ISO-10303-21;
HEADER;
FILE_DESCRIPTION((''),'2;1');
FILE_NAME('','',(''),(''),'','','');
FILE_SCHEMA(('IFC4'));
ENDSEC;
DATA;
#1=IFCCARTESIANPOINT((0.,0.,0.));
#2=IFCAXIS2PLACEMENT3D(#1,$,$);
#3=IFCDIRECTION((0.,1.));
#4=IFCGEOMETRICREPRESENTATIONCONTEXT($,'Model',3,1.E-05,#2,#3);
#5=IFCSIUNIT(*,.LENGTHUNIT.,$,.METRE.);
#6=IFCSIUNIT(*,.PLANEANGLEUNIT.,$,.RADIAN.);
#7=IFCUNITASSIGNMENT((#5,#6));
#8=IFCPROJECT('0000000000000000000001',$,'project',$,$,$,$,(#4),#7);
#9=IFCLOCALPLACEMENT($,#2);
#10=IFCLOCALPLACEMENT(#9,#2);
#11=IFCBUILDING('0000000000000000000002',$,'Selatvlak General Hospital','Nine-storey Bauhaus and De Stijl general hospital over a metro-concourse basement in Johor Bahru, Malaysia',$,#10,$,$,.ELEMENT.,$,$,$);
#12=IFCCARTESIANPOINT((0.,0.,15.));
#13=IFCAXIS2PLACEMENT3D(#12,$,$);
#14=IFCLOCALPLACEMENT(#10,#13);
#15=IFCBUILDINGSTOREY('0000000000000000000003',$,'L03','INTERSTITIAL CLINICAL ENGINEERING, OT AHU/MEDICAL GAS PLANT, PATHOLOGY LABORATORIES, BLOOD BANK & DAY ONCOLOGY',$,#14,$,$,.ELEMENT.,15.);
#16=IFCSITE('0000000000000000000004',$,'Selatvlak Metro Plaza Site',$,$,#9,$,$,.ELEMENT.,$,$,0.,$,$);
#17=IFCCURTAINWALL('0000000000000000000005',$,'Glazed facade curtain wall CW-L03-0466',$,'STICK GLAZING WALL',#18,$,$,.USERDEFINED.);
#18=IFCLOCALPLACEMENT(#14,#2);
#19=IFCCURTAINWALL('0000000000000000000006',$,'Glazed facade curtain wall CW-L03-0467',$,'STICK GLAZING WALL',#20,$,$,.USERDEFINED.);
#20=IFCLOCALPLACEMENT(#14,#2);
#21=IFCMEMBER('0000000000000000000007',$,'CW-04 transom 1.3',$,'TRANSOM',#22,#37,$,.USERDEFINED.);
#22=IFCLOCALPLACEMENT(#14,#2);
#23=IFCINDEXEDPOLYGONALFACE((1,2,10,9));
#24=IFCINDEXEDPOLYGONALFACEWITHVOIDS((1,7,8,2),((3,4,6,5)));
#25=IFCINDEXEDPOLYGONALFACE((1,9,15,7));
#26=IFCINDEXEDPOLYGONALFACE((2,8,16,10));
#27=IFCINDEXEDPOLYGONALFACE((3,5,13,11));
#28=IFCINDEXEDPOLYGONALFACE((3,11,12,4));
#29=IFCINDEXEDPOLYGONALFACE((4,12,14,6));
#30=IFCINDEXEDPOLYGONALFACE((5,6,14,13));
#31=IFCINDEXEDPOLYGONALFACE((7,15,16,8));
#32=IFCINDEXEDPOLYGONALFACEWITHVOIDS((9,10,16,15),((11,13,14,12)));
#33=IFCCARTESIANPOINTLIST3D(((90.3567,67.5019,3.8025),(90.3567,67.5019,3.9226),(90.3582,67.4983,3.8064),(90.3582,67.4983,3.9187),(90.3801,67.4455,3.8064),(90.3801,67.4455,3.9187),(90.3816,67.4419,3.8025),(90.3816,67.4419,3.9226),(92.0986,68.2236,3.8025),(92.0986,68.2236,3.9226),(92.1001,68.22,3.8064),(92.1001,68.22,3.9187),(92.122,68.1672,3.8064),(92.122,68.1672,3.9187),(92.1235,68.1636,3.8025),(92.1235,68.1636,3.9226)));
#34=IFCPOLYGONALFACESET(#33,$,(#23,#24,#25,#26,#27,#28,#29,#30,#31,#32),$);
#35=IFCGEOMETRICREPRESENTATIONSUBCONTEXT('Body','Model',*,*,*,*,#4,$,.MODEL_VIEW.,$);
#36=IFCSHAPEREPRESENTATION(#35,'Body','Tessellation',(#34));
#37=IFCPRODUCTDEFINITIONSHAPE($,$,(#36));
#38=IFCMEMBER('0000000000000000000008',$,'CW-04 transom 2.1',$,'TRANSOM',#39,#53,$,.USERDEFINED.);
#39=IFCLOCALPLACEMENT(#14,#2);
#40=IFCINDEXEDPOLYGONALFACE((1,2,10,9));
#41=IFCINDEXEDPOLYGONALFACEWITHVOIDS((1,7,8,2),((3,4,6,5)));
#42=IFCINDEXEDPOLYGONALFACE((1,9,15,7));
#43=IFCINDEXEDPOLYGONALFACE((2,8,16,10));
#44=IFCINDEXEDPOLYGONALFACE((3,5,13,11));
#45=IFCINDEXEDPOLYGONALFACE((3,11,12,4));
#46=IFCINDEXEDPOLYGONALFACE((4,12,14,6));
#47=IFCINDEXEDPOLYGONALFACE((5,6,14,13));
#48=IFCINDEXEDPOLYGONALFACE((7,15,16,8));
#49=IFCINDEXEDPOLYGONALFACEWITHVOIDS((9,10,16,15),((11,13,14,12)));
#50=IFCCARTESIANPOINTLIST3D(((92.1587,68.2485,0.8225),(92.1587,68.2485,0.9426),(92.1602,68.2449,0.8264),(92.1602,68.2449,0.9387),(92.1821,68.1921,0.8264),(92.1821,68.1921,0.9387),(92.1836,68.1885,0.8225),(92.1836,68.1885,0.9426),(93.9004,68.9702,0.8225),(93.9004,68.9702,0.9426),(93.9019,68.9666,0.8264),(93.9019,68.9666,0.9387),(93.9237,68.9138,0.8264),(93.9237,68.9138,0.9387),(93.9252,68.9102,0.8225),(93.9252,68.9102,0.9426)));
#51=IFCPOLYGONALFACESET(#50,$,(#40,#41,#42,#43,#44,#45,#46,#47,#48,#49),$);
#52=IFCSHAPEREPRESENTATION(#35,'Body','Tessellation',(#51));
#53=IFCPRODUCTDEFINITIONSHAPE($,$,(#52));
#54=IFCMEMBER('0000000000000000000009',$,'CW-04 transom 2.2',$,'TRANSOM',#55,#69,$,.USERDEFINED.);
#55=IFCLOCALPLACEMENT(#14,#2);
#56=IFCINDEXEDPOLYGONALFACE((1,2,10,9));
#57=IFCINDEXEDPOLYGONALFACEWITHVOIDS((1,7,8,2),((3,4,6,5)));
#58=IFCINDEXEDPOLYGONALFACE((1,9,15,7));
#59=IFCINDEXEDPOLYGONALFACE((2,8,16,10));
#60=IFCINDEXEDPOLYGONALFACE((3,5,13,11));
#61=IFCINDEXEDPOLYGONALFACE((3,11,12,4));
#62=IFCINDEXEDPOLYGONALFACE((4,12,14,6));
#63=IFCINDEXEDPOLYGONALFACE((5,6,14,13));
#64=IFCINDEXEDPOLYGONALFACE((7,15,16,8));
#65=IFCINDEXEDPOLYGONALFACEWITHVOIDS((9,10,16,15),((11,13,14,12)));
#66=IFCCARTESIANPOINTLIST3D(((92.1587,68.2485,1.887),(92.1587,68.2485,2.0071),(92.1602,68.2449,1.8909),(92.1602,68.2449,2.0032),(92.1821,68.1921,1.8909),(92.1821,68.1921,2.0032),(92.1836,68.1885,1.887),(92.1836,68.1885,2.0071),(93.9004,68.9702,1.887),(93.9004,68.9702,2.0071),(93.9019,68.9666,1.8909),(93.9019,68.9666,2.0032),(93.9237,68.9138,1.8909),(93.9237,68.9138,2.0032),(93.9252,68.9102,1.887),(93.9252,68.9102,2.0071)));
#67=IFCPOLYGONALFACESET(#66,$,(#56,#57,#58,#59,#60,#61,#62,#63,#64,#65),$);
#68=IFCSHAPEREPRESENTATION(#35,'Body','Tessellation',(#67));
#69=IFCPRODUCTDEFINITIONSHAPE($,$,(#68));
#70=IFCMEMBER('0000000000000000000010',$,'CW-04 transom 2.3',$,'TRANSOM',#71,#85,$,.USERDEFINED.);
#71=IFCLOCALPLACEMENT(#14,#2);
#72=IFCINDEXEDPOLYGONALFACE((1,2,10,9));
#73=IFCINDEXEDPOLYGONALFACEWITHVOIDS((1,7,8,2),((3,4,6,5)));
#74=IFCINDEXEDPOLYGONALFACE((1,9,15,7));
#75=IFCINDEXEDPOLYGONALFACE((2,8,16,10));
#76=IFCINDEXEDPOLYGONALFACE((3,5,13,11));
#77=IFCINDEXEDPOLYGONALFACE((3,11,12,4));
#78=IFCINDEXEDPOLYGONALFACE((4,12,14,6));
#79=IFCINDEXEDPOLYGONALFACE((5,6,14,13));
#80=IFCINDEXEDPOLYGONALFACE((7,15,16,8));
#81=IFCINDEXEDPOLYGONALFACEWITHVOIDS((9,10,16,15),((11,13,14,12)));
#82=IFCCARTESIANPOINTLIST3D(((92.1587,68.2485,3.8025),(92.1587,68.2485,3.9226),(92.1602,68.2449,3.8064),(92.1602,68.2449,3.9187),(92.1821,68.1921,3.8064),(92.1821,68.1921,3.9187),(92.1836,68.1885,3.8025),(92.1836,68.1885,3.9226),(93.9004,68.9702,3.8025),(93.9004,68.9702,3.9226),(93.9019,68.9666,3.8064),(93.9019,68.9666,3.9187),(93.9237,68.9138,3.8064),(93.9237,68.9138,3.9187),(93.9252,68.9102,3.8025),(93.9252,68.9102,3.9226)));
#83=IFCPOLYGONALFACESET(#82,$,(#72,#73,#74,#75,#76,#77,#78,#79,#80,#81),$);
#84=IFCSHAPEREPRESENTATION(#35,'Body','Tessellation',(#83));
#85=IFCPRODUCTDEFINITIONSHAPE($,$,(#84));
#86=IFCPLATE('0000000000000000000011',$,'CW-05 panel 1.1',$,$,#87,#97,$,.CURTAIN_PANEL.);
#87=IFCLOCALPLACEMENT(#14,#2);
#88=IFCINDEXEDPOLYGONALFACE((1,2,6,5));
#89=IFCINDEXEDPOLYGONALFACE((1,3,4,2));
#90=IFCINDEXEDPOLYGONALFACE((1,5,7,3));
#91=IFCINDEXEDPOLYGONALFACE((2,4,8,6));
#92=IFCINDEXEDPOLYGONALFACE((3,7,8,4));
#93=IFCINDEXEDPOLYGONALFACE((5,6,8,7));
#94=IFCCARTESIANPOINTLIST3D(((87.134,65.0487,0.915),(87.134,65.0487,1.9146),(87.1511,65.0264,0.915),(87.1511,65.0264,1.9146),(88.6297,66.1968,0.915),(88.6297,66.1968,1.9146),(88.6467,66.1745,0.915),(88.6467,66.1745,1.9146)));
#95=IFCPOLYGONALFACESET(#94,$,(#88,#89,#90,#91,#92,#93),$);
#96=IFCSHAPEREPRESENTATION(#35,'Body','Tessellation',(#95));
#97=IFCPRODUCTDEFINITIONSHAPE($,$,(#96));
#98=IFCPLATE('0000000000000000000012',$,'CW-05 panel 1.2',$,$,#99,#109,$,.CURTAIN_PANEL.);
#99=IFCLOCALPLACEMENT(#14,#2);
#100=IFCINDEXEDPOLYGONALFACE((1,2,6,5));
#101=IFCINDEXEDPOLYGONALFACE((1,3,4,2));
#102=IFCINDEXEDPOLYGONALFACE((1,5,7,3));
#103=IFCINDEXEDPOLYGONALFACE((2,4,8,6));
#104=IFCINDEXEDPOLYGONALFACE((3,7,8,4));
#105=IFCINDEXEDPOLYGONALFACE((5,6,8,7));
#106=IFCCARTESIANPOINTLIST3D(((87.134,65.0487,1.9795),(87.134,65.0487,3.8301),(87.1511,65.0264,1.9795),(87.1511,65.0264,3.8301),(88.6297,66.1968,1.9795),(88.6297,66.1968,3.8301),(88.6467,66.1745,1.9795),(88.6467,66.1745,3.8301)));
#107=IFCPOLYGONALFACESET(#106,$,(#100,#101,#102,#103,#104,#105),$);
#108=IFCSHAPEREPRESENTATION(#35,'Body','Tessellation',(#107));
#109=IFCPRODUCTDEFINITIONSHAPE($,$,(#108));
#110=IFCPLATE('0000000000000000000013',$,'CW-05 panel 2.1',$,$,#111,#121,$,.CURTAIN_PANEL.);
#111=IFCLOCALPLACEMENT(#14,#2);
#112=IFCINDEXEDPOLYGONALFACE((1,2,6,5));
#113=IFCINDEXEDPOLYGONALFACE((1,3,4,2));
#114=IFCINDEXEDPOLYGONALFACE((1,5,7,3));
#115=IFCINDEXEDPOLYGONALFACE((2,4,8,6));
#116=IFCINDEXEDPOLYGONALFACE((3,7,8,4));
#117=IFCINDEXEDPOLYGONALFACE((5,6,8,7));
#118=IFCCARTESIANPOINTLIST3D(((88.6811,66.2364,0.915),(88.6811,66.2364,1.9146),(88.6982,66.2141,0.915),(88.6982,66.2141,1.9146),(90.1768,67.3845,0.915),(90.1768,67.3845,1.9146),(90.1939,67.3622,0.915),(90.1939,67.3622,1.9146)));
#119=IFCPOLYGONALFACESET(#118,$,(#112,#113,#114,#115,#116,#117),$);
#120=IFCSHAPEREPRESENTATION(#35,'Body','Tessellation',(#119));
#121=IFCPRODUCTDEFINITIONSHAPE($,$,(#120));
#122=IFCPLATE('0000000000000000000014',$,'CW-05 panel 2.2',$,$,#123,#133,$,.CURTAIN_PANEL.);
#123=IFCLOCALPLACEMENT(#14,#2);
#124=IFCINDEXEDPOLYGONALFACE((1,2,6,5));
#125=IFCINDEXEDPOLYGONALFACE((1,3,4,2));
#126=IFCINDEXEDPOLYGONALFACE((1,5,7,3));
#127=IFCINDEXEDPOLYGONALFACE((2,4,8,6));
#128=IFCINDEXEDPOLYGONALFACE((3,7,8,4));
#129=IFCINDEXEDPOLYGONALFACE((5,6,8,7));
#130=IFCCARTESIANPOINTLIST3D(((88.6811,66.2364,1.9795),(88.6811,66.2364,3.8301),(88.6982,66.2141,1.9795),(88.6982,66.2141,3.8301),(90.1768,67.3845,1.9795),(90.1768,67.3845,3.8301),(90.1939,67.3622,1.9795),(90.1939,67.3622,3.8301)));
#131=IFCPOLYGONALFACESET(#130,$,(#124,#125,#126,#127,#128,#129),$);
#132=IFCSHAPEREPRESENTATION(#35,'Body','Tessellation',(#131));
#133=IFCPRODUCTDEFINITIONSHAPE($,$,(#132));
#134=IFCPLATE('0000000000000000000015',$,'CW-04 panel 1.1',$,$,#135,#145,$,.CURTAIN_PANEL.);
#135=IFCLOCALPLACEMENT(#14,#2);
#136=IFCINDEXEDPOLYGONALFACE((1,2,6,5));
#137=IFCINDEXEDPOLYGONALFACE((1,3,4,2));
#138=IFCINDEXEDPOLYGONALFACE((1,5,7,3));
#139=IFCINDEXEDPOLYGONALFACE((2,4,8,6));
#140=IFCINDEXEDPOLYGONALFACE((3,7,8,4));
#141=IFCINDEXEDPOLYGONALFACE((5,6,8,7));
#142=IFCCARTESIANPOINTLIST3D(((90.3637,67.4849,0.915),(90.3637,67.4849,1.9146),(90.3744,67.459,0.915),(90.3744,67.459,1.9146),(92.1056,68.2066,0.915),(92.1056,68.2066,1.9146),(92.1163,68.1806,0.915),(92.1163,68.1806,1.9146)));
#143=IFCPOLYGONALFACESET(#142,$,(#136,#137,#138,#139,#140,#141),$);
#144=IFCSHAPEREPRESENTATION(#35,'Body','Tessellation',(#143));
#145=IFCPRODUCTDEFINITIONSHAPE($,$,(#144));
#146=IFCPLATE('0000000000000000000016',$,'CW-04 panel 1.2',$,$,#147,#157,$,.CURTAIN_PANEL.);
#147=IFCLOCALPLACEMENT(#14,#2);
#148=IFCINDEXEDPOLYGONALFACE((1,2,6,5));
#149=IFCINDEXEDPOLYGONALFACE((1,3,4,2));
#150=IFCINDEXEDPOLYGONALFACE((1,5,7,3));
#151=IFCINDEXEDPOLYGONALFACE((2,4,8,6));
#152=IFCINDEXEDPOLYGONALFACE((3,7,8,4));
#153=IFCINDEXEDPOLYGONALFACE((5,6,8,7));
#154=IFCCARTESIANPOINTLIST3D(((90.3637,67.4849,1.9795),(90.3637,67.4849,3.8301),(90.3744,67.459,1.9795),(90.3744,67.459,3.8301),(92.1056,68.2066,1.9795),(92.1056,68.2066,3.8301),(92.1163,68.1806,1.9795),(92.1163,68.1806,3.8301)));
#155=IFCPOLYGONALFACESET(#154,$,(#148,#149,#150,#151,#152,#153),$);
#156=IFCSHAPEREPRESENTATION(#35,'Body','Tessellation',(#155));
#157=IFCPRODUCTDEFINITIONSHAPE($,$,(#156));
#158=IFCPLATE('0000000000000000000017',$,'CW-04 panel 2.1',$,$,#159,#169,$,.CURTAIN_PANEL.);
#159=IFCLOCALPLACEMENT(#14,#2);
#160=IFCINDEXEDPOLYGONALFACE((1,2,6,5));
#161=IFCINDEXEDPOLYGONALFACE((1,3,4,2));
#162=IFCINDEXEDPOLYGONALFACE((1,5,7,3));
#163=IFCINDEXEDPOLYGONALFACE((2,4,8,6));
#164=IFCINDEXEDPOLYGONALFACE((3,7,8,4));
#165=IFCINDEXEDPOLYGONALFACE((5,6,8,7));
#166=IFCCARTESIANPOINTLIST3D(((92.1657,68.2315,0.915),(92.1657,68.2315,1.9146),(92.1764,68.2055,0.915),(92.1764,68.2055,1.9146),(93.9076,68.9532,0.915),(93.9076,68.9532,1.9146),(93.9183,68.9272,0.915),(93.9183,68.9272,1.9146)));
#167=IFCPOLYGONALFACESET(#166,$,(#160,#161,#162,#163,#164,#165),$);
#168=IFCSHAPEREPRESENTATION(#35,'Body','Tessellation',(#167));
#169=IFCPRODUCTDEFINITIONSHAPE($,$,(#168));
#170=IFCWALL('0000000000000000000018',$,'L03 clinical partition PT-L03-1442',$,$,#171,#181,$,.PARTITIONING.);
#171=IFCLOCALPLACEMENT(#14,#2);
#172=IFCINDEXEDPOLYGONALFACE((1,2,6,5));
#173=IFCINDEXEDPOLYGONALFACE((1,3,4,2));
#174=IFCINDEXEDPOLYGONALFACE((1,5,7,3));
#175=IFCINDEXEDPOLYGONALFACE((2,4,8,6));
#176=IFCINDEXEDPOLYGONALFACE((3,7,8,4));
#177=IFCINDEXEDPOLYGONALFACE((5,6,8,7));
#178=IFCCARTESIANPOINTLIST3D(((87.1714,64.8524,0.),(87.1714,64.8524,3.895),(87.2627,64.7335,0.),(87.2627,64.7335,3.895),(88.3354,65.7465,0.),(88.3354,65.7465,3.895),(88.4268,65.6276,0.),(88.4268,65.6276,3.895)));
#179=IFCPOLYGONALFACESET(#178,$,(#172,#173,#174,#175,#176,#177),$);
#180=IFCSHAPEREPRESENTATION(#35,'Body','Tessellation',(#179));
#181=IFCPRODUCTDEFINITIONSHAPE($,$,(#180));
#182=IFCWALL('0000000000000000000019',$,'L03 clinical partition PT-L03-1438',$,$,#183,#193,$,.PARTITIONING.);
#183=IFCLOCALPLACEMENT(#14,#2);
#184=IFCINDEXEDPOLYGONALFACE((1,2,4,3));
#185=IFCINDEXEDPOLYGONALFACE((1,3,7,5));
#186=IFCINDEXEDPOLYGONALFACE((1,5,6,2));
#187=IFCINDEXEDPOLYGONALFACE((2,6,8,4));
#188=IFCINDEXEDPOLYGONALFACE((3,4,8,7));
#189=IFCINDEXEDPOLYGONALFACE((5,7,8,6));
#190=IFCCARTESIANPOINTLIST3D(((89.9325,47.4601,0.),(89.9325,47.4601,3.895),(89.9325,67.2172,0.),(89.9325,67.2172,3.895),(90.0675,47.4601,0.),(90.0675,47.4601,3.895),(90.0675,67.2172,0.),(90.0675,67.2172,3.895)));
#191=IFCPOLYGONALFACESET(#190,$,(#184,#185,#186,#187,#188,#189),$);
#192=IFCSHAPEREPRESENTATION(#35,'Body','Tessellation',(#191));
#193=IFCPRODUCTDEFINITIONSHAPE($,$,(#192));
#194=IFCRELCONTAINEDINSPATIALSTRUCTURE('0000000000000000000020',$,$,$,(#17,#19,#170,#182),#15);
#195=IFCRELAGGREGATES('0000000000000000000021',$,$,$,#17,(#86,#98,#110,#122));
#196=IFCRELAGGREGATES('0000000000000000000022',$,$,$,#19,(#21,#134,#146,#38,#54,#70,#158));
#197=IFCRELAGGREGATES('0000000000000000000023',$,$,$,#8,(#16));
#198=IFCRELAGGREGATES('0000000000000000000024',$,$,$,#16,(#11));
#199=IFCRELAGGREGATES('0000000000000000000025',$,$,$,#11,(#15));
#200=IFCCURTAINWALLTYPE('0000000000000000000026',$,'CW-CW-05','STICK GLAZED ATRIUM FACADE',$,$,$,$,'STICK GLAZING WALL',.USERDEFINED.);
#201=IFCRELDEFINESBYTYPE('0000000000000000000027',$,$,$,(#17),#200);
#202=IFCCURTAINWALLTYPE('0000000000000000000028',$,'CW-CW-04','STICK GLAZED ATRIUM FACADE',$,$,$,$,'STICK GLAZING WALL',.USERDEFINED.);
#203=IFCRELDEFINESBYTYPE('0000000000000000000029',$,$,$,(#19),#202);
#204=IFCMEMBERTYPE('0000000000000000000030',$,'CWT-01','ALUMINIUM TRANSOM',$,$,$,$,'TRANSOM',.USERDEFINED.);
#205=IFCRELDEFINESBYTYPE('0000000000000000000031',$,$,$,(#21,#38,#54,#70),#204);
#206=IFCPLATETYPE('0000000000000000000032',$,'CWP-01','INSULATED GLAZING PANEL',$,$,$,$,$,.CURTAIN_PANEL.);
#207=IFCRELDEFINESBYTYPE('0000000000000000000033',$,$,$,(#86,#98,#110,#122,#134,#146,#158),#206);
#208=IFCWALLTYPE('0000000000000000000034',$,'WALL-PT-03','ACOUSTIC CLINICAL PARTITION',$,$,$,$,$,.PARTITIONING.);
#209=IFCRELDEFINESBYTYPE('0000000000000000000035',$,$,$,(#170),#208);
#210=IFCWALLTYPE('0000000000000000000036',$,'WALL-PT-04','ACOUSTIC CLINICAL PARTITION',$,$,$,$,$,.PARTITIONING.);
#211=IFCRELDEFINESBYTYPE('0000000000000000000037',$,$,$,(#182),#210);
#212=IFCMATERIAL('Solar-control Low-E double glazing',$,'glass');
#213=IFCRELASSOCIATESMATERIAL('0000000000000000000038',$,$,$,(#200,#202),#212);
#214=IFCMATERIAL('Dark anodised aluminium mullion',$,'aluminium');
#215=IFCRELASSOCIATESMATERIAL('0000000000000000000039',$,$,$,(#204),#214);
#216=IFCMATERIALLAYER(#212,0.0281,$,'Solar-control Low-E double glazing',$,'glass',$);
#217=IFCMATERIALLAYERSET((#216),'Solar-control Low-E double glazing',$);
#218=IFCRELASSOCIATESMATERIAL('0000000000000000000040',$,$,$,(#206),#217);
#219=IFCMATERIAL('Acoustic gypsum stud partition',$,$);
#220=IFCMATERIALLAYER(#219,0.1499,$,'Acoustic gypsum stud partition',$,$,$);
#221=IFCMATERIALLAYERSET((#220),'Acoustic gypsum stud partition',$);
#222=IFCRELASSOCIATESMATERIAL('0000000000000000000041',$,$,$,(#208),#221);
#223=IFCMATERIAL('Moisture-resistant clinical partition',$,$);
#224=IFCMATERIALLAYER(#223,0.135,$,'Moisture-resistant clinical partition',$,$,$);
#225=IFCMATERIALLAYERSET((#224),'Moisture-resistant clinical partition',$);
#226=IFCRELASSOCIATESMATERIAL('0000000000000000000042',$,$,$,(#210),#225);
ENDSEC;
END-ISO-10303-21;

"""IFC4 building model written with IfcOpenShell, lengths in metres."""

from ifc_helpers import new_model, si_unit, direction, frame, frame_2d, origin, origin_2d, place, context, subcontext, project, spatial, rectangle, hollow_rectangle, extrude, material, layer, layer_set, material_profile, profile_set, type_object, element, aggregate, save


model = new_model("IFC4")

# Units and contexts
model_context = context("Model", 3, precision=1e-05, world=origin(), true_north=direction((0.0, 1.0)))
body_context = subcontext(model_context, "Body", "Model", "MODEL_VIEW")
ifc_project = project(units=[si_unit("LENGTHUNIT", "METRE"), si_unit("PLANEANGLEUNIT", "RADIAN")], contexts=[model_context])

# Site, building, storey
site_placement = place(None, origin())
site = spatial("IfcSite", under=ifc_project, at=site_placement, Name="Selatvlak Metro Plaza Site", CompositionType="ELEMENT", RefElevation=0.0)
building_placement = place(site_placement, origin())
building = spatial("IfcBuilding", under=site, at=building_placement, Name="Selatvlak General Hospital", Description="Nine-storey Bauhaus and De Stijl general hospital over a metro-concourse basement in Johor Bahru, Malaysia", CompositionType="ELEMENT")
storey_placement = place(building_placement, frame((0.0, 0.0, 15.0)))
storey = spatial("IfcBuildingStorey", under=building, at=storey_placement, Name="L03", Description="INTERSTITIAL CLINICAL ENGINEERING, OT AHU/MEDICAL GAS PLANT, PATHOLOGY LABORATORIES, BLOOD BANK & DAY ONCOLOGY", CompositionType="ELEMENT", Elevation=15.0)

# Curtain walls
ifc_material_1 = material(Name="Solar-control Low-E double glazing", Category="glass")
curtain_wall_type_1 = type_object("IfcCurtainWallType", Name="CW-CW-05", Description="STICK GLAZED ATRIUM FACADE", ElementType="STICK GLAZING WALL", PredefinedType="USERDEFINED", material=ifc_material_1)
curtain_wall_1_placement = place(storey_placement, origin())
curtain_wall_1 = element("IfcCurtainWall", 1, at=curtain_wall_1_placement, inside=storey, type_object=curtain_wall_type_1, Name="Glazed facade curtain wall CW-L03-0466", ObjectType="STICK GLAZING WALL", PredefinedType="USERDEFINED")
ifc_material_2 = material(Name="Dark anodised aluminium mullion", Category="aluminium")
curtain_wall_type_2 = type_object("IfcCurtainWallType", Name="CW-CW-04", Description="STICK GLAZED ATRIUM FACADE", ElementType="STICK GLAZING WALL", PredefinedType="USERDEFINED", material=ifc_material_1)
curtain_wall_2_placement = place(storey_placement, origin())
curtain_wall_2 = element("IfcCurtainWall", 2, at=curtain_wall_2_placement, inside=storey, type_object=curtain_wall_type_2, Name="Glazed facade curtain wall CW-L03-0467", ObjectType="STICK GLAZING WALL", PredefinedType="USERDEFINED")

# Members
ifc_material_profile_1 = material_profile(ifc_material_2, hollow_rectangle(XDim=0.0649, YDim=0.1201, WallThickness=0.0039, at=origin_2d()), Name="AL-TRN 65x120x4")
ifc_profile_set_1 = profile_set([ifc_material_profile_1], Name="Dark anodised aluminium mullion")
member_type_1 = type_object("IfcMemberType", Name="CWT-01", Description="ALUMINIUM TRANSOM", ElementType="TRANSOM", PredefinedType="USERDEFINED", material=ifc_profile_set_1)
member_1_placement = place(storey_placement, frame((90.3691, 67.4719, 3.8625), z_axis=(0.923853, 0.382748, 0.0), x_axis=(-0.382748, 0.923853, 0.0)))
member_1 = element("IfcMember", 3, at=member_1_placement, type_object=member_type_1, Name="CW-04 transom 1.3", ObjectType="TRANSOM", PredefinedType="USERDEFINED", context=body_context, shape_type="SweptSolid", body=[
    extrude(hollow_rectangle(XDim=0.0649, YDim=0.1201, WallThickness=0.0039, at=origin_2d()), origin(), (0.0, 0.0, 1.0), 1.8855),
])
member_2_placement = place(storey_placement, frame((92.1711, 68.2185, 0.8826), z_axis=(0.923834, 0.382794, 0.0), x_axis=(-0.382794, 0.923834, 0.0)))
member_2 = element("IfcMember", 4, at=member_2_placement, type_object=member_type_1, Name="CW-04 transom 2.1", ObjectType="TRANSOM", PredefinedType="USERDEFINED", context=body_context, shape_type="SweptSolid", body=[
    extrude(hollow_rectangle(XDim=0.0649, YDim=0.1201, WallThickness=0.0039, at=origin_2d()), origin(), (0.0, 0.0, 1.0), 1.8853),
])
member_3_placement = place(storey_placement, frame((92.1711, 68.2185, 1.947), z_axis=(0.923834, 0.382794, 0.0), x_axis=(-0.382794, 0.923834, 0.0)))
member_3 = element("IfcMember", 5, at=member_3_placement, type_object=member_type_1, Name="CW-04 transom 2.2", ObjectType="TRANSOM", PredefinedType="USERDEFINED", context=body_context, shape_type="SweptSolid", body=[
    extrude(hollow_rectangle(XDim=0.0649, YDim=0.1201, WallThickness=0.0039, at=origin_2d()), origin(), (0.0, 0.0, 1.0), 1.8853),
])
member_4_placement = place(storey_placement, frame((92.1711, 68.2185, 3.8625), z_axis=(0.923834, 0.382794, 0.0), x_axis=(-0.382794, 0.923834, 0.0)))
member_4 = element("IfcMember", 6, at=member_4_placement, type_object=member_type_1, Name="CW-04 transom 2.3", ObjectType="TRANSOM", PredefinedType="USERDEFINED", context=body_context, shape_type="SweptSolid", body=[
    extrude(hollow_rectangle(XDim=0.0649, YDim=0.1201, WallThickness=0.0039, at=origin_2d()), origin(), (0.0, 0.0, 1.0), 1.8853),
])

# Plates
ifc_layer_1 = layer(ifc_material_1, 0.0281, Name="Solar-control Low-E double glazing", Category="glass")
ifc_layer_set_1 = layer_set([ifc_layer_1], Name="Solar-control Low-E double glazing")
plate_type = type_object("IfcPlateType", Name="CWP-01", Description="INSULATED GLAZING PANEL", PredefinedType="CURTAIN_PANEL", material=ifc_layer_set_1)
plate_1_placement = place(storey_placement, frame((87.8904, 65.6116, 0.915), z_axis=(0.0, 0.0, 1.0), x_axis=(0.793233, 0.608918, 0.0)))
plate_1 = element("IfcPlate", 7, at=plate_1_placement, type_object=plate_type, Name="CW-05 panel 1.1", PredefinedType="CURTAIN_PANEL", context=body_context, shape_type="SweptSolid", body=[
    extrude(rectangle(XDim=1.8855, YDim=0.0281, at=origin_2d()), origin(), (0.0, 0.0, 1.0), 0.9995),
])
plate_2_placement = place(storey_placement, frame((87.8904, 65.6116, 1.9795), z_axis=(0.0, 0.0, 1.0), x_axis=(0.793233, 0.608918, 0.0)))
plate_2 = element("IfcPlate", 8, at=plate_2_placement, type_object=plate_type, Name="CW-05 panel 1.2", PredefinedType="CURTAIN_PANEL", context=body_context, shape_type="SweptSolid", body=[
    extrude(rectangle(XDim=1.8855, YDim=0.0281, at=origin_2d()), origin(), (0.0, 0.0, 1.0), 1.8506),
])
plate_3_placement = place(storey_placement, frame((89.4375, 66.7993, 0.915), z_axis=(0.0, 0.0, 1.0), x_axis=(0.793233, 0.608918, 0.0)))
plate_3 = element("IfcPlate", 9, at=plate_3_placement, type_object=plate_type, Name="CW-05 panel 2.1", PredefinedType="CURTAIN_PANEL", context=body_context, shape_type="SweptSolid", body=[
    extrude(rectangle(XDim=1.8855, YDim=0.0281, at=origin_2d()), origin(), (0.0, 0.0, 1.0), 0.9995),
])
plate_4_placement = place(storey_placement, frame((89.4375, 66.7993, 1.9795), z_axis=(0.0, 0.0, 1.0), x_axis=(0.793233, 0.608918, 0.0)))
plate_4 = element("IfcPlate", 10, at=plate_4_placement, type_object=plate_type, Name="CW-05 panel 2.2", PredefinedType="CURTAIN_PANEL", context=body_context, shape_type="SweptSolid", body=[
    extrude(rectangle(XDim=1.8855, YDim=0.0281, at=origin_2d()), origin(), (0.0, 0.0, 1.0), 1.8506),
])
aggregate(curtain_wall_1, [plate_1, plate_2, plate_3, plate_4])
plate_5_placement = place(storey_placement, frame((91.24, 67.8328, 0.915), z_axis=(0.0, 0.0, 1.0), x_axis=(0.923851, 0.382753, 0.0)))
plate_5 = element("IfcPlate", 11, at=plate_5_placement, type_object=plate_type, Name="CW-04 panel 1.1", PredefinedType="CURTAIN_PANEL", context=body_context, shape_type="SweptSolid", body=[
    extrude(rectangle(XDim=1.8855, YDim=0.0281, at=origin_2d()), origin(), (0.0, 0.0, 1.0), 0.9995),
])
plate_6_placement = place(storey_placement, frame((91.24, 67.8328, 1.9795), z_axis=(0.0, 0.0, 1.0), x_axis=(0.923851, 0.382753, 0.0)))
plate_6 = element("IfcPlate", 12, at=plate_6_placement, type_object=plate_type, Name="CW-04 panel 1.2", PredefinedType="CURTAIN_PANEL", context=body_context, shape_type="SweptSolid", body=[
    extrude(rectangle(XDim=1.8855, YDim=0.0281, at=origin_2d()), origin(), (0.0, 0.0, 1.0), 1.8506),
])
plate_7_placement = place(storey_placement, frame((93.042, 68.5793, 0.915), z_axis=(0.0, 0.0, 1.0), x_axis=(0.923851, 0.382753, 0.0)))
plate_7 = element("IfcPlate", 13, at=plate_7_placement, type_object=plate_type, Name="CW-04 panel 2.1", PredefinedType="CURTAIN_PANEL", context=body_context, shape_type="SweptSolid", body=[
    extrude(rectangle(XDim=1.8855, YDim=0.0281, at=origin_2d()), origin(), (0.0, 0.0, 1.0), 0.9995),
])
aggregate(curtain_wall_2, [member_1, plate_5, plate_6, member_2, member_3, member_4, plate_7])

# Walls
ifc_material_3 = material(Name="Acoustic gypsum stud partition")
ifc_layer_2 = layer(ifc_material_3, 0.1499, Name="Acoustic gypsum stud partition")
ifc_layer_set_2 = layer_set([ifc_layer_2], Name="Acoustic gypsum stud partition")
wall_type_1 = type_object("IfcWallType", Name="WALL-PT-03", Description="ACOUSTIC CLINICAL PARTITION", PredefinedType="PARTITIONING", material=ifc_layer_set_2)
wall_1_placement = place(storey_placement, frame((88.3811, 65.687, 0.0), z_axis=(0.0, 0.0, 1.0), x_axis=(-0.793081, -0.609116, 0.0)))
element("IfcWall", 14, at=wall_1_placement, inside=storey, type_object=wall_type_1, Name="L03 clinical partition PT-L03-1442", PredefinedType="PARTITIONING", context=body_context, shape_type="SweptSolid", body=[
    extrude(rectangle(XDim=1.4678, YDim=0.1499, at=frame_2d((0.7339, 0.0))), origin(), (0.0, 0.0, 1.0), 3.895),
])
ifc_material_4 = material(Name="Moisture-resistant clinical partition")
ifc_layer_3 = layer(ifc_material_4, 0.135, Name="Moisture-resistant clinical partition")
ifc_layer_set_3 = layer_set([ifc_layer_3], Name="Moisture-resistant clinical partition")
wall_type_2 = type_object("IfcWallType", Name="WALL-PT-04", Description="ACOUSTIC CLINICAL PARTITION", PredefinedType="PARTITIONING", material=ifc_layer_set_3)
wall_2_placement = place(storey_placement, frame((90.0, 67.217, 0.0), z_axis=(0.0, 0.0, 1.0), x_axis=(0.0, -1.0, 0.0)))
element("IfcWall", 15, at=wall_2_placement, inside=storey, type_object=wall_type_2, Name="L03 clinical partition PT-L03-1438", PredefinedType="PARTITIONING", context=body_context, shape_type="SweptSolid", body=[
    extrude(rectangle(XDim=19.7571, YDim=0.135, at=frame_2d((9.8784, 0.0))), origin(), (0.0, 0.0, 1.0), 3.895),
])

save(model, "model.ifc")
